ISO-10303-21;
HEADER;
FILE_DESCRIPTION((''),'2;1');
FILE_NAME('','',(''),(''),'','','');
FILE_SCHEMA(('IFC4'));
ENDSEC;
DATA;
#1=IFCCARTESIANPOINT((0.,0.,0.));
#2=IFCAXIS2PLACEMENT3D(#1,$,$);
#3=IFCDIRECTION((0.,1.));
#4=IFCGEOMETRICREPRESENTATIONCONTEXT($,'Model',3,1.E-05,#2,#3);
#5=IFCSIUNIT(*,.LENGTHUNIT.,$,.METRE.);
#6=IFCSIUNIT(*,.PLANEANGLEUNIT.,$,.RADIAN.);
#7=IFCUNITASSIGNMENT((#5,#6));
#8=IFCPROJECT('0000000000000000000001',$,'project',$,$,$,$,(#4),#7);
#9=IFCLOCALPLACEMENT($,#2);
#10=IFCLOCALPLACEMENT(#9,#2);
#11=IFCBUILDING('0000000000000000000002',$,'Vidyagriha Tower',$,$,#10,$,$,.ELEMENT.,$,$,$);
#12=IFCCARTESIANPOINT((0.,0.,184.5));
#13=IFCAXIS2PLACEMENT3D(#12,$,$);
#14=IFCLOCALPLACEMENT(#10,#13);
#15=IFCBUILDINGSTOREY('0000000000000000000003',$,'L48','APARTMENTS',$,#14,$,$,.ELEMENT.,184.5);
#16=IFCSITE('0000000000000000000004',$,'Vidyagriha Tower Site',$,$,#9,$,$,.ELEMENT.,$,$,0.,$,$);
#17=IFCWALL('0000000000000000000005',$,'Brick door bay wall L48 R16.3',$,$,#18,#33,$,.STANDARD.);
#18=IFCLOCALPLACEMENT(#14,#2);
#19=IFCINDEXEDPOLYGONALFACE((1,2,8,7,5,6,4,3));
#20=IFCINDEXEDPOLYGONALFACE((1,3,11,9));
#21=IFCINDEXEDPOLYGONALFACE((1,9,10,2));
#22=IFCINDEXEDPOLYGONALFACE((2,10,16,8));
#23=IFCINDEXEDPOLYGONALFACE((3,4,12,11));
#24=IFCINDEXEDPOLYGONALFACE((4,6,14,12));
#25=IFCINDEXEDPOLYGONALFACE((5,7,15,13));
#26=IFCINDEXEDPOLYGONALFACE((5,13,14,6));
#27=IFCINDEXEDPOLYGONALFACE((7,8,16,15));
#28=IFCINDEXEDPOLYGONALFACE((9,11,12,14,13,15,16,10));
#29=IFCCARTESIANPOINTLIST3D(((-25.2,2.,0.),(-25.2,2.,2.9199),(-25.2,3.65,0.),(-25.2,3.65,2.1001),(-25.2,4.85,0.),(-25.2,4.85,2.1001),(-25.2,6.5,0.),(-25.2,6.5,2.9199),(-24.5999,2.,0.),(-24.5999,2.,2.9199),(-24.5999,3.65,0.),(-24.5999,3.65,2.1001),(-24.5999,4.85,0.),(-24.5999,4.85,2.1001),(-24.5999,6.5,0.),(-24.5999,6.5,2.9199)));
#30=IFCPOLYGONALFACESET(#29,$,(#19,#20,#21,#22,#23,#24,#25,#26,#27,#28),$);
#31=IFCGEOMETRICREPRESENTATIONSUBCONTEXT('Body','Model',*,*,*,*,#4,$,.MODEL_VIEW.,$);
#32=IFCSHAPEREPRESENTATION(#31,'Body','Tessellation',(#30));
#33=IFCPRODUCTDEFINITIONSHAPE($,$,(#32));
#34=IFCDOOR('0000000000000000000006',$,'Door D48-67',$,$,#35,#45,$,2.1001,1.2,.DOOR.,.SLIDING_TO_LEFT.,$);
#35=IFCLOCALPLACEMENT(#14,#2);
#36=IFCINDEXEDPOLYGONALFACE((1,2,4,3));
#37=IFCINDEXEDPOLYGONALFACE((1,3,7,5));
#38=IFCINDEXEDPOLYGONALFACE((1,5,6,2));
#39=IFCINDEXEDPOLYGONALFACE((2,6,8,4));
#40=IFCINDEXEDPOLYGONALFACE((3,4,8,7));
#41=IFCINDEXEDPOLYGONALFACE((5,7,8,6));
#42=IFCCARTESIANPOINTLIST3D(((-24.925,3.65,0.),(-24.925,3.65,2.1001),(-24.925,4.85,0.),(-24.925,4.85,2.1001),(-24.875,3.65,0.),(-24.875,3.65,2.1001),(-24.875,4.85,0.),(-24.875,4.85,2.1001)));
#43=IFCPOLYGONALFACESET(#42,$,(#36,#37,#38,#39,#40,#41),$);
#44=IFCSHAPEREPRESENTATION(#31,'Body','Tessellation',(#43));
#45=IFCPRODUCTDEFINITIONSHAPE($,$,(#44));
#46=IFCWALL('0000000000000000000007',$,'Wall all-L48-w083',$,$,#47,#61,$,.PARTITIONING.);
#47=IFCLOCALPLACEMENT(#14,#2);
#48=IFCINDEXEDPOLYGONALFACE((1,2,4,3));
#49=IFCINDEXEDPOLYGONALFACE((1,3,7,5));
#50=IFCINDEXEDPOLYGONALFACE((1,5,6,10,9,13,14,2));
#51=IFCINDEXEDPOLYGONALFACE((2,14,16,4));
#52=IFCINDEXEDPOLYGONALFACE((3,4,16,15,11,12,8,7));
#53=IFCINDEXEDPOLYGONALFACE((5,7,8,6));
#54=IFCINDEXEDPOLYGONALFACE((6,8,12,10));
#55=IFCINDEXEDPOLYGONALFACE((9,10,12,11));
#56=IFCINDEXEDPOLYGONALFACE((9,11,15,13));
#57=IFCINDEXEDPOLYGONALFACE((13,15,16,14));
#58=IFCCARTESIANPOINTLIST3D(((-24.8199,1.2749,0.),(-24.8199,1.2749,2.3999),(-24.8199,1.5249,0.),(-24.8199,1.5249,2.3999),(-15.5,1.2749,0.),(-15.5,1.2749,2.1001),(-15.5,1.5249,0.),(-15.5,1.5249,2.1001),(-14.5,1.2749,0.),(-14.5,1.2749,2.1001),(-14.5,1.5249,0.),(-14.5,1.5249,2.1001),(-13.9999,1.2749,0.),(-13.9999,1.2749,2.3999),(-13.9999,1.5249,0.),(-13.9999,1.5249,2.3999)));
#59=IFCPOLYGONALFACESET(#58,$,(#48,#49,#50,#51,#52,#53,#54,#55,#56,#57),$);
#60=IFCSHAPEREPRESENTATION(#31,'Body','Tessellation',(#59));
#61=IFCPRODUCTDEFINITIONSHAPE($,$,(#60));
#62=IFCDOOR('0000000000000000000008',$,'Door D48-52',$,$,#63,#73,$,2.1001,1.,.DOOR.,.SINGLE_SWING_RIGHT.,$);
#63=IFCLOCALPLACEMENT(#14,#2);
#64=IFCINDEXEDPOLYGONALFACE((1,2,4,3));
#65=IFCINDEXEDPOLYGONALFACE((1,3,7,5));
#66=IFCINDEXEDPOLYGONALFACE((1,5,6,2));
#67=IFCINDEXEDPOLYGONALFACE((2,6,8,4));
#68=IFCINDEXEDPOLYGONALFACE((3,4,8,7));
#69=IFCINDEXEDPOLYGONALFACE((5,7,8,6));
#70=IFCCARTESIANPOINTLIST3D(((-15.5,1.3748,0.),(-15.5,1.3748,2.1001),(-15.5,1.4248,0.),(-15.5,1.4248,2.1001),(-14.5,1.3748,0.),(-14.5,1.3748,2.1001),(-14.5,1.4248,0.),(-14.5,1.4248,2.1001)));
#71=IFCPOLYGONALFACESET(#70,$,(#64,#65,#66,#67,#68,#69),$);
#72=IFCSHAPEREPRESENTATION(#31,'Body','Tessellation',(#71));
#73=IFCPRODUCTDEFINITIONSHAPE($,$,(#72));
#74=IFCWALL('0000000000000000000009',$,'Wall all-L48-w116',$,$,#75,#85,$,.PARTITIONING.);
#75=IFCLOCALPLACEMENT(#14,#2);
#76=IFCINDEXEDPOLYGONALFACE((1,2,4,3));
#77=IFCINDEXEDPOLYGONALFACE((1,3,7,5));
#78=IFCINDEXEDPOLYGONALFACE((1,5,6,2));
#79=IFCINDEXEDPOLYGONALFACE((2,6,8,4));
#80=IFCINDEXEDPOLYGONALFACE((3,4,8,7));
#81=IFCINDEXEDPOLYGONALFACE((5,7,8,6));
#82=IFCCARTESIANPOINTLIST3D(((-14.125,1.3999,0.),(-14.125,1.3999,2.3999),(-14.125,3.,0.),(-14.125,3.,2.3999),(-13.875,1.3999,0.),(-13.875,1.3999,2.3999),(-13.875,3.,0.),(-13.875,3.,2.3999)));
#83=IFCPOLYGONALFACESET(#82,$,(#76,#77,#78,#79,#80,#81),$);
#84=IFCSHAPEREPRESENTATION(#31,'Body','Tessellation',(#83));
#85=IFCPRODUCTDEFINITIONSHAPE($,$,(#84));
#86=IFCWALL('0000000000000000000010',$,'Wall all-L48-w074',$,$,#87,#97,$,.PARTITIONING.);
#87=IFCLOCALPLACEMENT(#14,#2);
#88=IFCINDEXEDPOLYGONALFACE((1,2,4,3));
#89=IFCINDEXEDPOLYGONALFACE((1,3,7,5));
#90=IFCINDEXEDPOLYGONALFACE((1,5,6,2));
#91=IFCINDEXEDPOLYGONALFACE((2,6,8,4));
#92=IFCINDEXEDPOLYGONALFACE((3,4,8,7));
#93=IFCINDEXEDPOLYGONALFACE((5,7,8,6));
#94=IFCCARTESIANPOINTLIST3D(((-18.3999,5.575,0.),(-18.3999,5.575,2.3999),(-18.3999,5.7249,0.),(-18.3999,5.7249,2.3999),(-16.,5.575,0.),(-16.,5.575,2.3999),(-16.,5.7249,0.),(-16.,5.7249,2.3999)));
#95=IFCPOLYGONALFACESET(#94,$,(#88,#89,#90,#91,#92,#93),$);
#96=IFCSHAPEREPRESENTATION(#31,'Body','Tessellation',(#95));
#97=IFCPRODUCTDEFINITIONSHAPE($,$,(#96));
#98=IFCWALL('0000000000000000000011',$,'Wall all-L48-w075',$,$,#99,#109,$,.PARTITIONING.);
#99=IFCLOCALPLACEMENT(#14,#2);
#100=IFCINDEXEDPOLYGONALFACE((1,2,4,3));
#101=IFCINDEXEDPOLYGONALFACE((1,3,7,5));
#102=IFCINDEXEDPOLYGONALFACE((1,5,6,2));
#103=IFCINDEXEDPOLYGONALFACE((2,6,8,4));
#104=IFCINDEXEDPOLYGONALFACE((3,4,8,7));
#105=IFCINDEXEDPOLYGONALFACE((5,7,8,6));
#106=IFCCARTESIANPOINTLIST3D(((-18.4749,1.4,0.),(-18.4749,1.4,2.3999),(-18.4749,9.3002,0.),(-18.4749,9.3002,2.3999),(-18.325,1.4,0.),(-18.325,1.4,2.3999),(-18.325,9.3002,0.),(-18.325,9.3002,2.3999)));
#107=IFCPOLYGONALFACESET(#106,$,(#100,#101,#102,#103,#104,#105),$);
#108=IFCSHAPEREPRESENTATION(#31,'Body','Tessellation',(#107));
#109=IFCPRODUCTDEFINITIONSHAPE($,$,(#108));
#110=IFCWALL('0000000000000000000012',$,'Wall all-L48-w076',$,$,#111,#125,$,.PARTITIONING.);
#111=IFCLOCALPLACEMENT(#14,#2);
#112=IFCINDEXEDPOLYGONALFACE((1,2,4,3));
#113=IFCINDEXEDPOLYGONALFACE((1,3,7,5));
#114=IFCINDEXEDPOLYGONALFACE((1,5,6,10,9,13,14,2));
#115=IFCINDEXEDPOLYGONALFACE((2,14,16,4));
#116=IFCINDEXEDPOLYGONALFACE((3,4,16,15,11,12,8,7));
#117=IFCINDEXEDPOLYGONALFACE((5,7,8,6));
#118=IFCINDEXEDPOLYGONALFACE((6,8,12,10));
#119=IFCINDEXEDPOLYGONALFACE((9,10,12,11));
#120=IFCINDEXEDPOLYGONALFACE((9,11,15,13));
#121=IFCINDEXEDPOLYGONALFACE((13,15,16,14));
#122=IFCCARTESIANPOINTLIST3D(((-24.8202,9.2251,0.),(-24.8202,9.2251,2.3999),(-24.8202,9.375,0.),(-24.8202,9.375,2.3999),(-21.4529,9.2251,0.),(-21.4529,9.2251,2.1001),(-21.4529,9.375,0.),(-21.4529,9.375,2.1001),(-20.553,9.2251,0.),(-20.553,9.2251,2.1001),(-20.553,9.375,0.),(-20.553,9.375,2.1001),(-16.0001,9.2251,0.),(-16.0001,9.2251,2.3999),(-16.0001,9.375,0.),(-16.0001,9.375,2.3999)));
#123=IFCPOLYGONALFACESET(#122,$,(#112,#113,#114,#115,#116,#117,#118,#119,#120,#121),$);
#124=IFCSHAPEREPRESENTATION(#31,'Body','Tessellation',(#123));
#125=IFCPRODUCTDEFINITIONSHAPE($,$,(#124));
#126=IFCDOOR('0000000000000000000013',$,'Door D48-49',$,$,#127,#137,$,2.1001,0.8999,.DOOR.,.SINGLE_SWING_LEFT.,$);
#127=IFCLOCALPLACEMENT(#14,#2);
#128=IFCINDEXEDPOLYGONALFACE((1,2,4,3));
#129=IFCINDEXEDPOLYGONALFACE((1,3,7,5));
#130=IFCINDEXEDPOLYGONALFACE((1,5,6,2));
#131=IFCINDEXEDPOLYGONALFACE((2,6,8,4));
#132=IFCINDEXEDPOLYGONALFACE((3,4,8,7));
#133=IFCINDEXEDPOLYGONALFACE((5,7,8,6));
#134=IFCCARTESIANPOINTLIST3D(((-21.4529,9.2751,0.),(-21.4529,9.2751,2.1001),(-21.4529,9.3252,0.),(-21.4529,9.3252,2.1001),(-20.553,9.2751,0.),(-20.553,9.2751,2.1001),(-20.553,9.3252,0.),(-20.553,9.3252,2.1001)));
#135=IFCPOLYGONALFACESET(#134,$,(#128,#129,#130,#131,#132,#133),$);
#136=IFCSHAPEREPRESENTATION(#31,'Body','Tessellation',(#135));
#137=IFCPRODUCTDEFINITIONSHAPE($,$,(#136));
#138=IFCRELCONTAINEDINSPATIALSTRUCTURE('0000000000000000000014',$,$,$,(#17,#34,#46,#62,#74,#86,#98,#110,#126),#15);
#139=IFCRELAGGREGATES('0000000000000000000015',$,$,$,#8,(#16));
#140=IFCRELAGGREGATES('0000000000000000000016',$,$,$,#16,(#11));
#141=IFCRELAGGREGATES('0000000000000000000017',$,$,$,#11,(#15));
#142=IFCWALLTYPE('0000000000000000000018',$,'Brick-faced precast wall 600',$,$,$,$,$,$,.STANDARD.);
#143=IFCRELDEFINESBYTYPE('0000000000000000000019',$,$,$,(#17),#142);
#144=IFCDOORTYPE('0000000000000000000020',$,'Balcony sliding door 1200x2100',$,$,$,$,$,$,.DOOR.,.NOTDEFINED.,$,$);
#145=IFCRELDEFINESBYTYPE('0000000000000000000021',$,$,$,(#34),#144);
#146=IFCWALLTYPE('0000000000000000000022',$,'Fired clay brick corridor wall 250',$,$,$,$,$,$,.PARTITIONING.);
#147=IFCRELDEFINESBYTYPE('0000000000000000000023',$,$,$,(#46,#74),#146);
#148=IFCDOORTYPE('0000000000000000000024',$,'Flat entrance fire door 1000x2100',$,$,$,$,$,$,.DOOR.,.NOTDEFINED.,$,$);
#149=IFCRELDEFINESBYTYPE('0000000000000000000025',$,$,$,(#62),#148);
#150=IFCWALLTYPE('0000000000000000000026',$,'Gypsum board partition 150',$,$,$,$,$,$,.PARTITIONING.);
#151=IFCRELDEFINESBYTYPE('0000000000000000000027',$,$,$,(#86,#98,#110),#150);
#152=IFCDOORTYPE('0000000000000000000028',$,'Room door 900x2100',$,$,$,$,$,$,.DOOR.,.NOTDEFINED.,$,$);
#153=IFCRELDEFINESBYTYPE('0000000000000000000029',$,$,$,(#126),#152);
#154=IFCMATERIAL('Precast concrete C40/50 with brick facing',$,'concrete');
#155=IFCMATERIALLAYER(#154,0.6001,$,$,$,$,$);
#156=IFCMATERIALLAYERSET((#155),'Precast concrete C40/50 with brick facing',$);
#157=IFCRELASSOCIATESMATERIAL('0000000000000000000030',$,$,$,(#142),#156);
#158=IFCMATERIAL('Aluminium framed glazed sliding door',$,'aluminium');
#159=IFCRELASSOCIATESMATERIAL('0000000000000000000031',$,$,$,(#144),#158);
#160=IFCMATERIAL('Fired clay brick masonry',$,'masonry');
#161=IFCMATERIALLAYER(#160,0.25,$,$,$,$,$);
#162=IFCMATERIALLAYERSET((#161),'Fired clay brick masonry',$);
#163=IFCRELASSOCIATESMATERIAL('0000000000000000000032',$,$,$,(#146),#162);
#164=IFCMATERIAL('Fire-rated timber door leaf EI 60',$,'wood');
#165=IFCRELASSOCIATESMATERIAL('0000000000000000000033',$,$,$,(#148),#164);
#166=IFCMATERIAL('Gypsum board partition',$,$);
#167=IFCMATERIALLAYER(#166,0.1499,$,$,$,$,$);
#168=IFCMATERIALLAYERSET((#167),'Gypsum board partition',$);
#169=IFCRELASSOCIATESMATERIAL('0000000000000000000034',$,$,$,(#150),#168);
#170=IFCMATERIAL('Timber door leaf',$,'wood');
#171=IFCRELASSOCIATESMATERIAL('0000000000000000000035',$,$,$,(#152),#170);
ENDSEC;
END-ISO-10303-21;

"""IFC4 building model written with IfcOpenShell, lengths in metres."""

from ifc_helpers import new_model, si_unit, direction, frame, frame_2d, origin, place, context, subcontext, project, spatial, rectangle, extrude, material, layer, layer_set, type_object, element, fill, save


model = new_model("IFC4")

# Units and contexts
model_context = context("Model", 3, precision=1e-05, world=origin(), true_north=direction((0.0, 1.0)))
body_context = subcontext(model_context, "Body", "Model", "MODEL_VIEW")
ifc_project = project(units=[si_unit("LENGTHUNIT", "METRE"), si_unit("PLANEANGLEUNIT", "RADIAN")], contexts=[model_context])

# Site, building, storey
site_placement = place(None, origin())
site = spatial("IfcSite", under=ifc_project, at=site_placement, Name="Vidyagriha Tower Site", CompositionType="ELEMENT", RefElevation=0.0)
building_placement = place(site_placement, origin())
building = spatial("IfcBuilding", under=site, at=building_placement, Name="Vidyagriha Tower", CompositionType="ELEMENT")
storey_placement = place(building_placement, frame((0.0, 0.0, 184.5)))
storey = spatial("IfcBuildingStorey", under=building, at=storey_placement, Name="L48", Description="APARTMENTS", CompositionType="ELEMENT", Elevation=184.5)

# Walls, openings, doors
ifc_material_1 = material(Name="Precast concrete C40/50 with brick facing", Category="concrete")
ifc_layer_1 = layer(ifc_material_1, 0.6001)
ifc_layer_set_1 = layer_set([ifc_layer_1], Name="Precast concrete C40/50 with brick facing")
wall_type_1 = type_object("IfcWallType", Name="Brick-faced precast wall 600", PredefinedType="STANDARD", material=ifc_layer_set_1)
wall_1_placement = place(storey_placement, frame((-24.8999, 6.5, 0.0), z_axis=(0.0, 0.0, 1.0), x_axis=(0.0, -1.0, 0.0)))
wall_1 = element("IfcWall", 1, at=wall_1_placement, inside=storey, type_object=wall_type_1, Name="Brick door bay wall L48 R16.3", PredefinedType="STANDARD", context=body_context, shape_type="SweptSolid", body=[
    extrude(rectangle(XDim=4.5, YDim=0.6001, at=frame_2d((2.25, 0.0))), origin(), (0.0, 0.0, 1.0), 2.9199),
])
opening_1_placement = place(wall_1_placement, frame((1.6499, 0.0, 0.0)))
opening_1 = element("IfcOpeningElement", 2, at=opening_1_placement, cuts=wall_1, PredefinedType="OPENING", context=body_context, shape_type="SweptSolid", body=[
    extrude(rectangle(XDim=1.2, YDim=2.1001, at=frame_2d((0.6001, 1.05))), frame((0.0, 0.3101, 0.0), z_axis=(0.0, -1.0, 0.0), x_axis=(1.0, 0.0, 0.0)), (0.0, 0.0, 1.0), 0.6201),
])
ifc_material_2 = material(Name="Aluminium framed glazed sliding door", Category="aluminium")
door_type_1 = type_object("IfcDoorType", Name="Balcony sliding door 1200x2100", OperationType="NOTDEFINED", PredefinedType="DOOR", material=ifc_material_2)
door_1_placement = place(opening_1_placement, origin())
door_1 = element("IfcDoor", 3, at=door_1_placement, inside=storey, type_object=door_type_1, Name="Door D48-67", OperationType="SLIDING_TO_LEFT", OverallHeight=2.1001, OverallWidth=1.2, PredefinedType="DOOR", context=body_context, shape_type="SweptSolid", body=[
    extrude(rectangle(XDim=1.2, YDim=2.1001, at=frame_2d((0.6001, 1.05))), frame((0.0, 0.0249, 0.0), z_axis=(0.0, -1.0, 0.0), x_axis=(1.0, 0.0, 0.0)), (0.0, 0.0, 1.0), 0.05),
])
fill(opening_1, door_1)
ifc_material_3 = material(Name="Fired clay brick masonry", Category="masonry")
ifc_layer_2 = layer(ifc_material_3, 0.25)
ifc_layer_set_2 = layer_set([ifc_layer_2], Name="Fired clay brick masonry")
wall_type_2 = type_object("IfcWallType", Name="Fired clay brick corridor wall 250", PredefinedType="PARTITIONING", material=ifc_layer_set_2)
wall_2_placement = place(storey_placement, frame((-24.8201, 1.3999, 0.0)))
wall_2 = element("IfcWall", 4, at=wall_2_placement, inside=storey, type_object=wall_type_2, Name="Wall all-L48-w083", PredefinedType="PARTITIONING", context=body_context, shape_type="SweptSolid", body=[
    extrude(rectangle(XDim=10.8201, YDim=0.25, at=frame_2d((5.4102, 0.0))), origin(), (0.0, 0.0, 1.0), 2.3999),
])
opening_2_placement = place(wall_2_placement, frame((9.3201, 0.0, 0.0)))
opening_2 = element("IfcOpeningElement", 5, at=opening_2_placement, cuts=wall_2, PredefinedType="OPENING", context=body_context, shape_type="SweptSolid", body=[
    extrude(rectangle(XDim=1.0, YDim=2.1001, at=frame_2d((0.5, 1.05))), frame((0.0, 0.135, 0.0), z_axis=(0.0, -1.0, 0.0), x_axis=(1.0, 0.0, 0.0)), (0.0, 0.0, 1.0), 0.27),
])
ifc_material_4 = material(Name="Fire-rated timber door leaf EI 60", Category="wood")
door_type_2 = type_object("IfcDoorType", Name="Flat entrance fire door 1000x2100", OperationType="NOTDEFINED", PredefinedType="DOOR", material=ifc_material_4)
door_2_placement = place(opening_2_placement, origin())
door_2 = element("IfcDoor", 6, at=door_2_placement, inside=storey, type_object=door_type_2, Name="Door D48-52", OperationType="SINGLE_SWING_RIGHT", OverallHeight=2.1001, OverallWidth=1.0, PredefinedType="DOOR", context=body_context, shape_type="SweptSolid", body=[
    extrude(rectangle(XDim=1.0, YDim=2.1001, at=frame_2d((0.5, 1.05))), frame((0.0, 0.0249, 0.0), z_axis=(0.0, -1.0, 0.0), x_axis=(1.0, 0.0, 0.0)), (0.0, 0.0, 1.0), 0.05),
])
fill(opening_2, door_2)

# Walls
wall_3_placement = place(storey_placement, frame((-14.0, 3.0, 0.0), z_axis=(0.0, 0.0, 1.0), x_axis=(0.0, -1.0, 0.0)))
element("IfcWall", 7, at=wall_3_placement, inside=storey, type_object=wall_type_2, Name="Wall all-L48-w116", PredefinedType="PARTITIONING", context=body_context, shape_type="SweptSolid", body=[
    extrude(rectangle(XDim=1.6001, YDim=0.25, at=frame_2d((0.8, 0.0))), origin(), (0.0, 0.0, 1.0), 2.3999),
])
ifc_material_5 = material(Name="Gypsum board partition")
ifc_layer_3 = layer(ifc_material_5, 0.1499)
ifc_layer_set_3 = layer_set([ifc_layer_3], Name="Gypsum board partition")
wall_type_3 = type_object("IfcWallType", Name="Gypsum board partition 150", PredefinedType="PARTITIONING", material=ifc_layer_set_3)
wall_4_placement = place(storey_placement, frame((-18.3999, 5.6499, 0.0)))
element("IfcWall", 8, at=wall_4_placement, inside=storey, type_object=wall_type_3, Name="Wall all-L48-w074", PredefinedType="PARTITIONING", context=body_context, shape_type="SweptSolid", body=[
    extrude(rectangle(XDim=2.3999, YDim=0.1499, at=frame_2d((1.2, 0.0))), origin(), (0.0, 0.0, 1.0), 2.3999),
])
wall_5_placement = place(storey_placement, frame((-18.3999, 1.3999, 0.0), z_axis=(0.0, 0.0, 1.0), x_axis=(0.0, 1.0, 0.0)))
element("IfcWall", 9, at=wall_5_placement, inside=storey, type_object=wall_type_3, Name="Wall all-L48-w075", PredefinedType="PARTITIONING", context=body_context, shape_type="SweptSolid", body=[
    extrude(rectangle(XDim=7.9001, YDim=0.1499, at=frame_2d((3.9502, 0.0))), origin(), (0.0, 0.0, 1.0), 2.3999),
])

# Wall, opening, door
wall_6_placement = place(storey_placement, frame((-16.0, 9.3, 0.0), z_axis=(0.0, 0.0, 1.0), x_axis=(-1.0, 0.0, 0.0)))
wall_6 = element("IfcWall", 10, at=wall_6_placement, inside=storey, type_object=wall_type_3, Name="Wall all-L48-w076", PredefinedType="PARTITIONING", context=body_context, shape_type="SweptSolid", body=[
    extrude(rectangle(XDim=8.8201, YDim=0.1499, at=frame_2d((4.4102, 0.0))), origin(), (0.0, 0.0, 1.0), 2.3999),
])
opening_3_placement = place(wall_6_placement, frame((4.553, 0.0, 0.0)))
opening_3 = element("IfcOpeningElement", 11, at=opening_3_placement, cuts=wall_6, PredefinedType="OPENING", context=body_context, shape_type="SweptSolid", body=[
    extrude(rectangle(XDim=0.8999, YDim=2.1001, at=frame_2d((0.45, 1.05))), frame((0.0, 0.085, 0.0), z_axis=(0.0, -1.0, 0.0), x_axis=(1.0, 0.0, 0.0)), (0.0, 0.0, 1.0), 0.1699),
])
ifc_material_6 = material(Name="Timber door leaf", Category="wood")
door_type_3 = type_object("IfcDoorType", Name="Room door 900x2100", OperationType="NOTDEFINED", PredefinedType="DOOR", material=ifc_material_6)
door_3_placement = place(opening_3_placement, origin())
door_3 = element("IfcDoor", 12, at=door_3_placement, inside=storey, type_object=door_type_3, Name="Door D48-49", OperationType="SINGLE_SWING_LEFT", OverallHeight=2.1001, OverallWidth=0.8999, PredefinedType="DOOR", context=body_context, shape_type="SweptSolid", body=[
    extrude(rectangle(XDim=0.8999, YDim=2.1001, at=frame_2d((0.45, 1.05))), frame((0.0, 0.0249, 0.0), z_axis=(0.0, -1.0, 0.0), x_axis=(1.0, 0.0, 0.0)), (0.0, 0.0, 1.0), 0.05),
])
fill(opening_3, door_3)

save(model, "model.ifc")
